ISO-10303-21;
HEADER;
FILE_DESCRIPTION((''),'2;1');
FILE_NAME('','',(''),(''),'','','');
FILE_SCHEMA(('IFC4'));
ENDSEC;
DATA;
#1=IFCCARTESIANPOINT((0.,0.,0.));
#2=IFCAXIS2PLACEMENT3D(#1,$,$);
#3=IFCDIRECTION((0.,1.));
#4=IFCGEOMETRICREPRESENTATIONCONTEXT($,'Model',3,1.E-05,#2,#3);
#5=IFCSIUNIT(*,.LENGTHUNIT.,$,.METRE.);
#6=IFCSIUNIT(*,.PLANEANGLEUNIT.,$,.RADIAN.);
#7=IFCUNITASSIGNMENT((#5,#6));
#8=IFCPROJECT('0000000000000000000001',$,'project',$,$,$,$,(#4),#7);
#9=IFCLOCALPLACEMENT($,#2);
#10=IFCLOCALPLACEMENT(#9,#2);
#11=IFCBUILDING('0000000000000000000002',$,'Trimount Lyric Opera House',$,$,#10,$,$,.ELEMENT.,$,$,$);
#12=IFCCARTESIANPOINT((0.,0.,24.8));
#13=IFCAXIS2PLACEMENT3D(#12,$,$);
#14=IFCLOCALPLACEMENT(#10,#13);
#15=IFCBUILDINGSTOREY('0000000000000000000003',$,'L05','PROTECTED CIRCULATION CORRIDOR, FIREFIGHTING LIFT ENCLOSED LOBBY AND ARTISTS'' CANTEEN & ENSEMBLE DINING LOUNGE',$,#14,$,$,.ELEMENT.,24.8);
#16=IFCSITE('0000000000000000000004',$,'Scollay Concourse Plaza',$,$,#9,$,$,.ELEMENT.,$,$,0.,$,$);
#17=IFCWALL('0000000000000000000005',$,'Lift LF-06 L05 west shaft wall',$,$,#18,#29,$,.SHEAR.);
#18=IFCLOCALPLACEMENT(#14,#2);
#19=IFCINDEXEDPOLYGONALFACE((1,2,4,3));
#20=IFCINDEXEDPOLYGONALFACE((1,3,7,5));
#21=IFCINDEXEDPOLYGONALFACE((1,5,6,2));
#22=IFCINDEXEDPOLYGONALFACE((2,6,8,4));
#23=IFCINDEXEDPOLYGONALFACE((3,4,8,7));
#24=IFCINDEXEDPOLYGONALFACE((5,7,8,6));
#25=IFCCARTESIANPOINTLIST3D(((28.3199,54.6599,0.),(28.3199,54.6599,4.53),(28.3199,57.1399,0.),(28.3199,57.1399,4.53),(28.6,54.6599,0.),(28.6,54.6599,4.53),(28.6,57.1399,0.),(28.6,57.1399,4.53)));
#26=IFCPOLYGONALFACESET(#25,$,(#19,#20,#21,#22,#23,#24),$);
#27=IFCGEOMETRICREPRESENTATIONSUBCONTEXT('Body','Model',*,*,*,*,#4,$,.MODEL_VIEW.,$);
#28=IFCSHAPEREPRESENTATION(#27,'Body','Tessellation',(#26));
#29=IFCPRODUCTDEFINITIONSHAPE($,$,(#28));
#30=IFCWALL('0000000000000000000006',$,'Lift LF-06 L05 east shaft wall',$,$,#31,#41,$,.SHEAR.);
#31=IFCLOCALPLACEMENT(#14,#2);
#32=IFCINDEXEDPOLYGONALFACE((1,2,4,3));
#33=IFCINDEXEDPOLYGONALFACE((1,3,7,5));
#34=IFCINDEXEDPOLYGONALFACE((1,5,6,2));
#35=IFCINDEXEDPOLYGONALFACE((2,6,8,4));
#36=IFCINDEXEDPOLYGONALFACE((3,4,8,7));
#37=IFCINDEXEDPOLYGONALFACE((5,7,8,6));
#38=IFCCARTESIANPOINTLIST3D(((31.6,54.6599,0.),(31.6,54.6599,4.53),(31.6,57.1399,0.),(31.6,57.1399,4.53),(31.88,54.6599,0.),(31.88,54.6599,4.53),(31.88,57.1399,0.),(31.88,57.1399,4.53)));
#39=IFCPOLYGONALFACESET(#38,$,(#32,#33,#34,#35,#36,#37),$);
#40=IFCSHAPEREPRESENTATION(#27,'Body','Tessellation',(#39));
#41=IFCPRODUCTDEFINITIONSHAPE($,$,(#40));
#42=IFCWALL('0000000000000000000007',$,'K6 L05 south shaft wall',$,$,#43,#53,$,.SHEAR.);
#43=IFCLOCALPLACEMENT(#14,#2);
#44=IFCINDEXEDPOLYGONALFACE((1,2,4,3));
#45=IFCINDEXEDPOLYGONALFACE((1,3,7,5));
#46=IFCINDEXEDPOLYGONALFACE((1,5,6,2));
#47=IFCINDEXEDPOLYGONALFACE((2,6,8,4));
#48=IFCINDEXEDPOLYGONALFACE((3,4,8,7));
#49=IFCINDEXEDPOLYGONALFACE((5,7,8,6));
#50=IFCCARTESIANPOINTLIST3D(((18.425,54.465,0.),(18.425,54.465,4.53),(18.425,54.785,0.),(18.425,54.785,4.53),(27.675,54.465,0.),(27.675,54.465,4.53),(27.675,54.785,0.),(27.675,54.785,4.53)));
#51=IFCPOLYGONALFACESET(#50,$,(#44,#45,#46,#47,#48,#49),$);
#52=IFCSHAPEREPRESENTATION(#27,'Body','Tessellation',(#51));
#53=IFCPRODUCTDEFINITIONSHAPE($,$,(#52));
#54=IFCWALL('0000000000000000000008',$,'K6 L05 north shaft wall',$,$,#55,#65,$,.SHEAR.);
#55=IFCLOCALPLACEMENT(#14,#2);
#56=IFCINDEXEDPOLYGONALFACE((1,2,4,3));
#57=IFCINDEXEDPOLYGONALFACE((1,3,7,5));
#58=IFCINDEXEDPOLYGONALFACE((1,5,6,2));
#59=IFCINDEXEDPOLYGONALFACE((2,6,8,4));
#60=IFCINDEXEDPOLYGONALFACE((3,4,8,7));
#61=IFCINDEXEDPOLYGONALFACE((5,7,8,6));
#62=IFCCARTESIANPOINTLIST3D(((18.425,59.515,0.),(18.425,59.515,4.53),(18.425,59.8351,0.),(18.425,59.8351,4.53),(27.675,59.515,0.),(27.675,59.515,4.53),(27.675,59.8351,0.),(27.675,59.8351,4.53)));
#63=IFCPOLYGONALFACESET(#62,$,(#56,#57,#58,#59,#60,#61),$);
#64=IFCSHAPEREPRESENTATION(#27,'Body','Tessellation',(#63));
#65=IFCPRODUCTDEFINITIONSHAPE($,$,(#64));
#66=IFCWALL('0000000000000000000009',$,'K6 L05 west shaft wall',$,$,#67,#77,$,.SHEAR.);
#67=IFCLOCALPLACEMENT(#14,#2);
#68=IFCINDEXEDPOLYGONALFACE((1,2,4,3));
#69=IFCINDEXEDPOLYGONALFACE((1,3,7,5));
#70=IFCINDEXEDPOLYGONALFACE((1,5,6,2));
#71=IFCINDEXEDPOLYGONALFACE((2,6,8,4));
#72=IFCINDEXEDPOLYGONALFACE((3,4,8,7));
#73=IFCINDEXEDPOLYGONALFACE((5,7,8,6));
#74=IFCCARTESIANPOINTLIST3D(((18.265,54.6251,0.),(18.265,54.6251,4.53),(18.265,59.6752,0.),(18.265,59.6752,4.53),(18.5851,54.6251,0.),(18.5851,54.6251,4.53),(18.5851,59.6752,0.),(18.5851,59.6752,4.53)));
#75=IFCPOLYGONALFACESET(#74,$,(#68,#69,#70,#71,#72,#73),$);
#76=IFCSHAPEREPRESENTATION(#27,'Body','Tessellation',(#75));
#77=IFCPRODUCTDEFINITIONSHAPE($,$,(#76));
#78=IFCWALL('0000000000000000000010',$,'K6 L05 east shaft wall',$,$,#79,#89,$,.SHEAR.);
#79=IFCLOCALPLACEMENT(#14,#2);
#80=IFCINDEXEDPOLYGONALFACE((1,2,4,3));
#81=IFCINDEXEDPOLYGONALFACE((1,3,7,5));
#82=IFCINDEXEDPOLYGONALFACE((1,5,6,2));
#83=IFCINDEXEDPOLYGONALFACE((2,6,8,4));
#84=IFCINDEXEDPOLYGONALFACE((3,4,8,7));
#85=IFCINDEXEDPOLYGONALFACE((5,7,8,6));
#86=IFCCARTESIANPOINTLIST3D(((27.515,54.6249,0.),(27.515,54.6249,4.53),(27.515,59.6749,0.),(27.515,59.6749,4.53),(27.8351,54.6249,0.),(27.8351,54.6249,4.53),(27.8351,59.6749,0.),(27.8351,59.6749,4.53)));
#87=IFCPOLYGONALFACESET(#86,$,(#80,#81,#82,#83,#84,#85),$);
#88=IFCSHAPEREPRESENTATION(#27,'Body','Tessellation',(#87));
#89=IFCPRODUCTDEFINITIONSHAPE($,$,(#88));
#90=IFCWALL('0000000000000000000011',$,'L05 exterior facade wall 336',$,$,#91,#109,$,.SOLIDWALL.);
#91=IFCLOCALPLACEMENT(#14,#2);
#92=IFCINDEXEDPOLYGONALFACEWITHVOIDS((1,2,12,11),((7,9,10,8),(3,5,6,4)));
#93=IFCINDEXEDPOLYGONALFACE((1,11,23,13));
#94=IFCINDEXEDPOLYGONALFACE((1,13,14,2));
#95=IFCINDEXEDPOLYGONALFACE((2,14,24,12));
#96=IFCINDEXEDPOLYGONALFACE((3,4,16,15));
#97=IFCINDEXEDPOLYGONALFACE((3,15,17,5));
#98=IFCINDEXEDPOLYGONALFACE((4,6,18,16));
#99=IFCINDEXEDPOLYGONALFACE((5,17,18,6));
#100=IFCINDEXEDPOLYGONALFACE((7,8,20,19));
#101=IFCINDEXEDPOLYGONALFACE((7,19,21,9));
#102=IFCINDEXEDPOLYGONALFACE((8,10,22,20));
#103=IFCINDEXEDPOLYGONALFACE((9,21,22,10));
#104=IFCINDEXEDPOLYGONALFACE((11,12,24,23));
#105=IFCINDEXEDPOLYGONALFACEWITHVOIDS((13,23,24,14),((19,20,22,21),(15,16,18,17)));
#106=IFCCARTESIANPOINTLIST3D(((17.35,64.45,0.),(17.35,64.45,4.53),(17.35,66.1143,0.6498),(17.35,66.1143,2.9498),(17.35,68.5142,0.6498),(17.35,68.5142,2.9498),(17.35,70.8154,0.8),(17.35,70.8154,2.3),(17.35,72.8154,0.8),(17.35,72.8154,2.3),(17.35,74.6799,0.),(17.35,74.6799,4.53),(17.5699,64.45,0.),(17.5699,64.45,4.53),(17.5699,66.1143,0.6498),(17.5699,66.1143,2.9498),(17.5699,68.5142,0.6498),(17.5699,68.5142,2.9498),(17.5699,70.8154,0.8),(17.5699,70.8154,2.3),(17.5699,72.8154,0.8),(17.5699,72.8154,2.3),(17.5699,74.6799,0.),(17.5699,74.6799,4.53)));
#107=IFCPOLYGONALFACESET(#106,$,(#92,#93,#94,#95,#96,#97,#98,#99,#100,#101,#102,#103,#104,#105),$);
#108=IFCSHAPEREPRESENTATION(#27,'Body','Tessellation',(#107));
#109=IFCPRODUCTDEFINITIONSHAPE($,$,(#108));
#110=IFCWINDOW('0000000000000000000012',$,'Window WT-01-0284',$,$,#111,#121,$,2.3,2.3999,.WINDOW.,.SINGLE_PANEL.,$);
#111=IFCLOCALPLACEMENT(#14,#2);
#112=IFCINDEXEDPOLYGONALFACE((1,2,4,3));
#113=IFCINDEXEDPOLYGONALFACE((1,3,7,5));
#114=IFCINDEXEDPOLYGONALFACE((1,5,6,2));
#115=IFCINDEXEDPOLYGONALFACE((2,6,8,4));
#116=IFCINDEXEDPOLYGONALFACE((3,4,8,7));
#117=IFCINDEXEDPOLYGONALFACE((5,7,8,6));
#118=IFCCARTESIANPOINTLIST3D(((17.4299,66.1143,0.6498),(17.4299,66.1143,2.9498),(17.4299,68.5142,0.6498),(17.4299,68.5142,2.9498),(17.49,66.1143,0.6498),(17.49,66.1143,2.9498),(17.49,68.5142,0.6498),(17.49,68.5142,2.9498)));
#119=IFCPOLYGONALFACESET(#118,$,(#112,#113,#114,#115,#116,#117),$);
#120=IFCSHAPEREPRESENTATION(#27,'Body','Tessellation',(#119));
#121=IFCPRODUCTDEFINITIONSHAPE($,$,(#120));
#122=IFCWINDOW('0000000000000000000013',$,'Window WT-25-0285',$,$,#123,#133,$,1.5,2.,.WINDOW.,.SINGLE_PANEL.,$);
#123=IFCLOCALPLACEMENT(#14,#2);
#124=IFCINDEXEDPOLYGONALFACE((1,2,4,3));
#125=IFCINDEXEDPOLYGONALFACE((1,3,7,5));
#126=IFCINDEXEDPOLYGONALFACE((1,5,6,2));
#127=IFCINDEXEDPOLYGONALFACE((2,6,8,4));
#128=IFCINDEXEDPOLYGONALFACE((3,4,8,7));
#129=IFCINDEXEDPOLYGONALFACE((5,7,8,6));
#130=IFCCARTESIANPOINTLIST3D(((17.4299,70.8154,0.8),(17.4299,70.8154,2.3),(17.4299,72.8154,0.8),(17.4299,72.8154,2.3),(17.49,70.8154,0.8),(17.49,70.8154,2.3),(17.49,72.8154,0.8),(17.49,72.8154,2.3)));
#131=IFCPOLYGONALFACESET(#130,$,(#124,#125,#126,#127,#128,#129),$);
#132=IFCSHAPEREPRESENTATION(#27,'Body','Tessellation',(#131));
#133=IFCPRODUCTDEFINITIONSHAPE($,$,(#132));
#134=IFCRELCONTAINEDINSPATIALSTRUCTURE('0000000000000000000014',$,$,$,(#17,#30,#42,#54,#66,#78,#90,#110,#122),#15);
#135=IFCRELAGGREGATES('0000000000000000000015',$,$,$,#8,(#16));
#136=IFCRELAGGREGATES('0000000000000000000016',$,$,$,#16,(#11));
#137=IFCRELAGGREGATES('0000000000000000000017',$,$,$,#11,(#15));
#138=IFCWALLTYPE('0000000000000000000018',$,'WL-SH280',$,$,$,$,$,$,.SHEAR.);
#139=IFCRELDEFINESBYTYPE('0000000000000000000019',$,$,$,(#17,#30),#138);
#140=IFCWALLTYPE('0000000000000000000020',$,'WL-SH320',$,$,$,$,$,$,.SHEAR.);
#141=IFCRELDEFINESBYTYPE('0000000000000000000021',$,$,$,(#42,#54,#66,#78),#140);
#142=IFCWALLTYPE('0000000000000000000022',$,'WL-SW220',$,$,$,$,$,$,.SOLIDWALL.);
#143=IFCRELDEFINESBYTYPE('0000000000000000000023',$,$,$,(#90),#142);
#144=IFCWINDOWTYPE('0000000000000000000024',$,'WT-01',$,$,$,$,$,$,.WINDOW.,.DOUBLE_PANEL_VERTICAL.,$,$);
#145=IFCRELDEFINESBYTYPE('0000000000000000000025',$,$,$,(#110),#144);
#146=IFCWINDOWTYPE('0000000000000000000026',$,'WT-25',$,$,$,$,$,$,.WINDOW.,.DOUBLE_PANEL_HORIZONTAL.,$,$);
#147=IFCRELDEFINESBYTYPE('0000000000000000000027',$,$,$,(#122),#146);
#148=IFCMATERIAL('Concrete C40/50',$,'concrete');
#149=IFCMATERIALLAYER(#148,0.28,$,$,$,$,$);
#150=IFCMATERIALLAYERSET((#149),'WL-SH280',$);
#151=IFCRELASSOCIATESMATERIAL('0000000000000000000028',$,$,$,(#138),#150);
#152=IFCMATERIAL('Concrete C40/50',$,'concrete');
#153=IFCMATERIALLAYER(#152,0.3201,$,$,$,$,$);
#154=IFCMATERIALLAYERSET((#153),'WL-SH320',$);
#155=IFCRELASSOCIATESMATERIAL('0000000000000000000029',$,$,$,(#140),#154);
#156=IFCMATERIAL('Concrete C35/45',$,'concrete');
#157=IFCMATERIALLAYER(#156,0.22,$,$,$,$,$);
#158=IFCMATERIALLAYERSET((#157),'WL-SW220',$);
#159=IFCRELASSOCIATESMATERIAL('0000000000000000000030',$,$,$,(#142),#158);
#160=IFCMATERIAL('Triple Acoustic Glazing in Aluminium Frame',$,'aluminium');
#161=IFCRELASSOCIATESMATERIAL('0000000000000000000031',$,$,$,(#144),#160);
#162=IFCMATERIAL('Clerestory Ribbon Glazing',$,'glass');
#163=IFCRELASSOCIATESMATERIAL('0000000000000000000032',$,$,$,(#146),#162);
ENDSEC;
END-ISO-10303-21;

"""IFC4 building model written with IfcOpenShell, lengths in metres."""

from ifc_helpers import new_model, si_unit, direction, frame, frame_2d, origin, place, context, subcontext, project, spatial, rectangle, extrude, material, layer, layer_set, type_object, element, fill, save


model = new_model("IFC4")

# Units and contexts
model_context = context("Model", 3, precision=1e-05, world=origin(), true_north=direction((0.0, 1.0)))
body_context = subcontext(model_context, "Body", "Model", "MODEL_VIEW")
ifc_project = project(units=[si_unit("LENGTHUNIT", "METRE"), si_unit("PLANEANGLEUNIT", "RADIAN")], contexts=[model_context])

# Site, building, storey
site_placement = place(None, origin())
site = spatial("IfcSite", under=ifc_project, at=site_placement, Name="Scollay Concourse Plaza", CompositionType="ELEMENT", RefElevation=0.0)
building_placement = place(site_placement, origin())
building = spatial("IfcBuilding", under=site, at=building_placement, Name="Trimount Lyric Opera House", CompositionType="ELEMENT")
storey_placement = place(building_placement, frame((0.0, 0.0, 24.8)))
storey = spatial("IfcBuildingStorey", under=building, at=storey_placement, Name="L05", Description="PROTECTED CIRCULATION CORRIDOR, FIREFIGHTING LIFT ENCLOSED LOBBY AND ARTISTS' CANTEEN & ENSEMBLE DINING LOUNGE", CompositionType="ELEMENT", Elevation=24.8)

# Shared definitions
ifc_material_1 = material(Name="Concrete C40/50", Category="concrete")
ifc_layer_1 = layer(ifc_material_1, 0.28)
ifc_layer_set_1 = layer_set([ifc_layer_1], Name="WL-SH280")
wall_type_1 = type_object("IfcWallType", Name="WL-SH280", PredefinedType="SHEAR", material=ifc_layer_set_1)

# Walls
for number, where, z_axis, x_axis, name in (
    (1, (28.46, 57.1399, 0.0), (0.0, 0.0, 1.0), (0.0, -1.0, 0.0), "Lift LF-06 L05 west shaft wall"),
    (2, (31.74, 54.6599, 0.0), (0.0, 0.0, 1.0), (0.0, 1.0, 0.0), "Lift LF-06 L05 east shaft wall"),
):
    element("IfcWall", number, at=place(storey_placement, frame(where, z_axis=z_axis, x_axis=x_axis)), inside=storey, type_object=wall_type_1, Name=name, PredefinedType="SHEAR", context=body_context, shape_type="SweptSolid", body=[
        extrude(rectangle(XDim=2.48, YDim=0.28, at=frame_2d((1.24, 0.0))), origin(), (0.0, 0.0, 1.0), 4.53),
    ])
ifc_material_2 = material(Name="Concrete C40/50", Category="concrete")
ifc_layer_2 = layer(ifc_material_2, 0.3201)
ifc_layer_set_2 = layer_set([ifc_layer_2], Name="WL-SH320")
wall_type_2 = type_object("IfcWallType", Name="WL-SH320", PredefinedType="SHEAR", material=ifc_layer_set_2)
for number, where, z_axis, x_axis, name in (
    (3, (18.425, 54.625, 0.0), (0.0, 0.0, 1.0), (1.0, 0.0, 0.0), "K6 L05 south shaft wall"),
    (4, (27.675, 59.675, 0.0), (0.0, 0.0, 1.0), (-1.0, 0.0, 0.0), "K6 L05 north shaft wall"),
):
    element("IfcWall", number, at=place(storey_placement, frame(where, z_axis=z_axis, x_axis=x_axis)), inside=storey, type_object=wall_type_2, Name=name, PredefinedType="SHEAR", context=body_context, shape_type="SweptSolid", body=[
        extrude(rectangle(XDim=9.25, YDim=0.3201, at=frame_2d((4.625, 0.0))), origin(), (0.0, 0.0, 1.0), 4.53),
    ])
for number, where, z_axis, x_axis, name in (
    (5, (18.425, 59.675, 0.0), (0.0, 0.0, 1.0), (0.0, -1.0, 0.0), "K6 L05 west shaft wall"),
    (6, (27.675, 54.625, 0.0), (0.0, 0.0, 1.0), (0.0, 1.0, 0.0), "K6 L05 east shaft wall"),
):
    element("IfcWall", number, at=place(storey_placement, frame(where, z_axis=z_axis, x_axis=x_axis)), inside=storey, type_object=wall_type_2, Name=name, PredefinedType="SHEAR", context=body_context, shape_type="SweptSolid", body=[
        extrude(rectangle(XDim=5.05, YDim=0.3201, at=frame_2d((2.5249, 0.0))), origin(), (0.0, 0.0, 1.0), 4.53),
    ])

# Wall, openings, windows
ifc_material_3 = material(Name="Concrete C35/45", Category="concrete")
ifc_layer_3 = layer(ifc_material_3, 0.22)
ifc_layer_set_3 = layer_set([ifc_layer_3], Name="WL-SW220")
wall_type_3 = type_object("IfcWallType", Name="WL-SW220", PredefinedType="SOLIDWALL", material=ifc_layer_set_3)
wall_1_placement = place(storey_placement, frame((17.46, 64.45, 0.0), z_axis=(0.0, 0.0, 1.0), x_axis=(0.0, 1.0, 0.0)))
wall_1 = element("IfcWall", 7, at=wall_1_placement, inside=storey, type_object=wall_type_3, Name="L05 exterior facade wall 336", PredefinedType="SOLIDWALL", context=body_context, shape_type="SweptSolid", body=[
    extrude(rectangle(XDim=10.23, YDim=0.22, at=frame_2d((5.115, 0.0))), origin(), (0.0, 0.0, 1.0), 4.53),
])
opening_1_placement = place(wall_1_placement, frame((1.6643, 0.0, 0.6499)))
opening_1 = element("IfcOpeningElement", 8, at=opening_1_placement, cuts=wall_1, PredefinedType="OPENING", context=body_context, shape_type="SweptSolid", body=[
    extrude(rectangle(XDim=2.3999, YDim=2.3, at=frame_2d((1.2, 1.1499))), frame((0.0, 0.1201, 0.0), z_axis=(0.0, -1.0, 0.0), x_axis=(1.0, 0.0, 0.0)), (0.0, 0.0, 1.0), 0.24),
])
opening_2_placement = place(wall_1_placement, frame((6.3655, 0.0, 0.8)))
opening_2 = element("IfcOpeningElement", 9, at=opening_2_placement, cuts=wall_1, PredefinedType="OPENING", context=body_context, shape_type="SweptSolid", body=[
    extrude(rectangle(XDim=2.0, YDim=1.5, at=frame_2d((1.0, 0.75))), frame((0.0, 0.1201, 0.0), z_axis=(0.0, -1.0, 0.0), x_axis=(1.0, 0.0, 0.0)), (0.0, 0.0, 1.0), 0.24),
])
ifc_material_4 = material(Name="Triple Acoustic Glazing in Aluminium Frame", Category="aluminium")
window_type_1 = type_object("IfcWindowType", Name="WT-01", PartitioningType="DOUBLE_PANEL_VERTICAL", PredefinedType="WINDOW", material=ifc_material_4)
window_1_placement = place(opening_1_placement, origin())
window_1 = element("IfcWindow", 10, at=window_1_placement, inside=storey, type_object=window_type_1, Name="Window WT-01-0284", OverallHeight=2.3, OverallWidth=2.3999, PartitioningType="SINGLE_PANEL", PredefinedType="WINDOW", context=body_context, shape_type="SweptSolid", body=[
    extrude(rectangle(XDim=2.3999, YDim=2.3, at=frame_2d((1.2, 1.1499))), frame((0.0, 0.03, 0.0), z_axis=(0.0, -1.0, 0.0), x_axis=(1.0, 0.0, 0.0)), (0.0, 0.0, 1.0), 0.0601),
])
fill(opening_1, window_1)
ifc_material_5 = material(Name="Clerestory Ribbon Glazing", Category="glass")
window_type_2 = type_object("IfcWindowType", Name="WT-25", PartitioningType="DOUBLE_PANEL_HORIZONTAL", PredefinedType="WINDOW", material=ifc_material_5)
window_2_placement = place(opening_2_placement, origin())
window_2 = element("IfcWindow", 11, at=window_2_placement, inside=storey, type_object=window_type_2, Name="Window WT-25-0285", OverallHeight=1.5, OverallWidth=2.0, PartitioningType="SINGLE_PANEL", PredefinedType="WINDOW", context=body_context, shape_type="SweptSolid", body=[
    extrude(rectangle(XDim=2.0, YDim=1.5, at=frame_2d((1.0, 0.75))), frame((0.0, 0.03, 0.0), z_axis=(0.0, -1.0, 0.0), x_axis=(1.0, 0.0, 0.0)), (0.0, 0.0, 1.0), 0.0601),
])
fill(opening_2, window_2)

save(model, "model.ifc")
